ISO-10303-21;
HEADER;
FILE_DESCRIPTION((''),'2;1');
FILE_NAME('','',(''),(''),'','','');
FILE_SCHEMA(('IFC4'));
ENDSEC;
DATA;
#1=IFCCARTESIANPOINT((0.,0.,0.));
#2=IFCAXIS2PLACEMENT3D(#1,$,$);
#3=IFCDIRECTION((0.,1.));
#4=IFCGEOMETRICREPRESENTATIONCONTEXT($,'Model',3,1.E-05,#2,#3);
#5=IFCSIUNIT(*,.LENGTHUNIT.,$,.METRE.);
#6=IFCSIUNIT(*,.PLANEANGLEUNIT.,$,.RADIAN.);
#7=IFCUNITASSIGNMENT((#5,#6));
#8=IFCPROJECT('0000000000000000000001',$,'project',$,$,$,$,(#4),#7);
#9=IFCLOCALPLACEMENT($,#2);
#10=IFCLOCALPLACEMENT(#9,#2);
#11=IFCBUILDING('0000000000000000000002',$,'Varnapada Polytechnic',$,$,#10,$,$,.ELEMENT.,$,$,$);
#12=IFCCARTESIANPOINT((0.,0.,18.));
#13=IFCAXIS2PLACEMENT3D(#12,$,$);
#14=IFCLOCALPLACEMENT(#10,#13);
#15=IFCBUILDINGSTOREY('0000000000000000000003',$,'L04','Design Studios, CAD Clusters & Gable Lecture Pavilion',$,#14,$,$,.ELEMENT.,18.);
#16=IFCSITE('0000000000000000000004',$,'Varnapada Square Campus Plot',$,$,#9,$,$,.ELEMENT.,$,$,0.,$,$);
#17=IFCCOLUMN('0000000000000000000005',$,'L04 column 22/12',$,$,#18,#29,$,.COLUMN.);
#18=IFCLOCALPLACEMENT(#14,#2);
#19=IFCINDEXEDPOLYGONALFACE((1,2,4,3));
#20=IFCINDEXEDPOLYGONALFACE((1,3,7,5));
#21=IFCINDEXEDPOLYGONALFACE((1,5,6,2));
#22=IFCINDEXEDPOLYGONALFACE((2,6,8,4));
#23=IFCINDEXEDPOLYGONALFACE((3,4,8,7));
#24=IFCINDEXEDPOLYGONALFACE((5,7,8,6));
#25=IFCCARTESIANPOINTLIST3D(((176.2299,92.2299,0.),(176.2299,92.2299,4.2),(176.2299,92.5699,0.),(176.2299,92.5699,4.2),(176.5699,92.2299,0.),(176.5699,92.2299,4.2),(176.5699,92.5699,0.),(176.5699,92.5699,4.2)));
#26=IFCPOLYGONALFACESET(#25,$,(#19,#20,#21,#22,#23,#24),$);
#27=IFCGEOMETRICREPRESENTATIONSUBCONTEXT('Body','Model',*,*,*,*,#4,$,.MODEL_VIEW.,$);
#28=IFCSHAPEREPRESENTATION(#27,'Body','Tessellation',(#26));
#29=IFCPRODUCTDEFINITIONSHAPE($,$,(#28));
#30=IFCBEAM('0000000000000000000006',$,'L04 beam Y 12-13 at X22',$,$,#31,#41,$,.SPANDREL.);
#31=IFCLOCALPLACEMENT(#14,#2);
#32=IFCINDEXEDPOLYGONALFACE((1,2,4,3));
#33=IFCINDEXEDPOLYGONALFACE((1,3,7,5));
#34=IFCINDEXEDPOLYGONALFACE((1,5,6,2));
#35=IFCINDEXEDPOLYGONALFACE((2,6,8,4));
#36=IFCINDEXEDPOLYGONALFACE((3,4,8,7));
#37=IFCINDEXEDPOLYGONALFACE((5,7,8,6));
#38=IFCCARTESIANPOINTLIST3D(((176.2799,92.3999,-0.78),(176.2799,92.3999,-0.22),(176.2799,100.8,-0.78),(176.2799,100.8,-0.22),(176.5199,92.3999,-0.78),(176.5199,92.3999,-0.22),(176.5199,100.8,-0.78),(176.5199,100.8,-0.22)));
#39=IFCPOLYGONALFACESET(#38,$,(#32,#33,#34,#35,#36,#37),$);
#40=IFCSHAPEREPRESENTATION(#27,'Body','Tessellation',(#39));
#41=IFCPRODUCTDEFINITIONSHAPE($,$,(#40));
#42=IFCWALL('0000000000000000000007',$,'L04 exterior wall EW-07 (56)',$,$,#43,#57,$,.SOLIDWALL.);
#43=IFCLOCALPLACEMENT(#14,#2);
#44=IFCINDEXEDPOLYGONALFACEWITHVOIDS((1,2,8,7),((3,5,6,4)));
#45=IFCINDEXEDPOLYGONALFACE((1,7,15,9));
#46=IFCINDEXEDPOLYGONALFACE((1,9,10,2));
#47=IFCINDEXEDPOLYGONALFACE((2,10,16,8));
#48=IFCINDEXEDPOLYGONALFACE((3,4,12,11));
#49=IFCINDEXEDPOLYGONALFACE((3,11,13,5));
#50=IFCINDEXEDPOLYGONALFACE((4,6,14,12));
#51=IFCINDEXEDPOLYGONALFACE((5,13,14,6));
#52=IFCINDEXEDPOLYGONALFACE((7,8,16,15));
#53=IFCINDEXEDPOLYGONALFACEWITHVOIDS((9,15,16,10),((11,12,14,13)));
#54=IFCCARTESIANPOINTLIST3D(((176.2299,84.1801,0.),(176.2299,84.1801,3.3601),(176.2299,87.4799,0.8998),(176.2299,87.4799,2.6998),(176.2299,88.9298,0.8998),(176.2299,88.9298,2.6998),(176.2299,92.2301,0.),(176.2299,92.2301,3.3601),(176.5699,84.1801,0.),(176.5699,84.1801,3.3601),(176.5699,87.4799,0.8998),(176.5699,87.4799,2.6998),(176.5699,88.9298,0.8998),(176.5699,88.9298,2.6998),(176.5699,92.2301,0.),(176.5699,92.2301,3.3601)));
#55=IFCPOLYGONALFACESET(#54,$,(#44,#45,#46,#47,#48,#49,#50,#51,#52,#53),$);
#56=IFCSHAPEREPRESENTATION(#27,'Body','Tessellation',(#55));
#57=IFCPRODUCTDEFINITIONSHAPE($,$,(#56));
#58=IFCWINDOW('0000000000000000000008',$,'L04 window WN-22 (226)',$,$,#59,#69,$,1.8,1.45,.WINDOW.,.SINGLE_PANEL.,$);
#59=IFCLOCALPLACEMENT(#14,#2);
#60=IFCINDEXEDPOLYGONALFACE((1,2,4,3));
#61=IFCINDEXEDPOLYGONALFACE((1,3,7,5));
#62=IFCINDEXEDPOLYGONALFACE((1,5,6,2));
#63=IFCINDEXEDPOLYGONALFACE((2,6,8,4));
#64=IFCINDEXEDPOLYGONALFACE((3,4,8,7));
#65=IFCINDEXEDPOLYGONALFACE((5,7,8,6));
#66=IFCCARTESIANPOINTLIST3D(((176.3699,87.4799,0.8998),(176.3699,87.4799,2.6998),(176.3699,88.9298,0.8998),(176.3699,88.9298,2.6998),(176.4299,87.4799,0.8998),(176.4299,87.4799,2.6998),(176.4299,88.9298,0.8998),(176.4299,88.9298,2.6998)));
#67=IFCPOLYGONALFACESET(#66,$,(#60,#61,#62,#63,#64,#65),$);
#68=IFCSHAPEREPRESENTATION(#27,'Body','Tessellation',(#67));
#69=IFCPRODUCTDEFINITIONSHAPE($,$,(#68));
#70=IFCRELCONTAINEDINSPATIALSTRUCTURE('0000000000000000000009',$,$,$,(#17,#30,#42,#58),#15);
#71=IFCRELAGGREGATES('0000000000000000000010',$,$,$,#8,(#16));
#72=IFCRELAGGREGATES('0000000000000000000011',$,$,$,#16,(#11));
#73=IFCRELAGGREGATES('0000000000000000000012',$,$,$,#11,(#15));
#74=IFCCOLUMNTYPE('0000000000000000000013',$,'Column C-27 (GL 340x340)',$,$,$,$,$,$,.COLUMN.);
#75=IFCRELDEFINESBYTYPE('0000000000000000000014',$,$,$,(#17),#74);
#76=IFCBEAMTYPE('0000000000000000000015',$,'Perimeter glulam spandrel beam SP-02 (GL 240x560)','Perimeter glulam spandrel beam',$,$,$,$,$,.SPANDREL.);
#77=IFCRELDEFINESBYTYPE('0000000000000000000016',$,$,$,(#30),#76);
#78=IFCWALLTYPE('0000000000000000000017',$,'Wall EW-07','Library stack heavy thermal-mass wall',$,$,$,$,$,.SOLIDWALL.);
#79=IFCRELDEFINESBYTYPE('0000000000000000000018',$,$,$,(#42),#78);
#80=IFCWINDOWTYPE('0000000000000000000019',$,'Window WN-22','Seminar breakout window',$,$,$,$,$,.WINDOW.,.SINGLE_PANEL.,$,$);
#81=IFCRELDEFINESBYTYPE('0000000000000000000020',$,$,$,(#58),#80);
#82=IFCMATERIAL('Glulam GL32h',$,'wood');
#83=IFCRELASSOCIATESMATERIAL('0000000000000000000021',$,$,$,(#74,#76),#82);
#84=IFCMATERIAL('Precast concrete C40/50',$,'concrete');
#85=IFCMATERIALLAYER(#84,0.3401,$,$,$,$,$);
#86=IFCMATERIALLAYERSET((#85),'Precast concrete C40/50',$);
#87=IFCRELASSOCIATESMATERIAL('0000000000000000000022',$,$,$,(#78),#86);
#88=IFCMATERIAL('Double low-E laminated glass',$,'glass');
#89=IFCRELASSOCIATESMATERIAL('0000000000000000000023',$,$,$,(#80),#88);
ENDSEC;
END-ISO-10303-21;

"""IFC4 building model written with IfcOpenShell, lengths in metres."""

from ifc_helpers import new_model, si_unit, direction, frame, frame_2d, origin, origin_2d, place, context, subcontext, project, spatial, rectangle, extrude, material, layer, layer_set, material_profile, profile_set, type_object, element, fill, save


model = new_model("IFC4")

# Units and contexts
model_context = context("Model", 3, precision=1e-05, world=origin(), true_north=direction((0.0, 1.0)))
body_context = subcontext(model_context, "Body", "Model", "MODEL_VIEW")
ifc_project = project(units=[si_unit("LENGTHUNIT", "METRE"), si_unit("PLANEANGLEUNIT", "RADIAN")], contexts=[model_context])

# Site, building, storey
site_placement = place(None, origin())
site = spatial("IfcSite", under=ifc_project, at=site_placement, Name="Varnapada Square Campus Plot", CompositionType="ELEMENT", RefElevation=0.0)
building_placement = place(site_placement, origin())
building = spatial("IfcBuilding", under=site, at=building_placement, Name="Varnapada Polytechnic", CompositionType="ELEMENT")
storey_placement = place(building_placement, frame((0.0, 0.0, 18.0)))
storey = spatial("IfcBuildingStorey", under=building, at=storey_placement, Name="L04", Description="Design Studios, CAD Clusters & Gable Lecture Pavilion", CompositionType="ELEMENT", Elevation=18.0)

# Column
ifc_material_1 = material(Name="Glulam GL32h", Category="wood")
ifc_material_profile_1 = material_profile(ifc_material_1, rectangle(XDim=0.3401, YDim=0.3401, at=origin_2d()), Name="GL 340x340")
ifc_profile_set_1 = profile_set([ifc_material_profile_1], Name="Glulam GL32h")
column_type = type_object("IfcColumnType", Name="Column C-27 (GL 340x340)", PredefinedType="COLUMN", material=ifc_profile_set_1)
column_placement = place(storey_placement, frame((176.3999, 92.3999, 0.0), z_axis=(0.0, 0.0, 1.0), x_axis=(1.0, 0.0, 0.0)))
element("IfcColumn", 1, at=column_placement, inside=storey, type_object=column_type, Name="L04 column 22/12", PredefinedType="COLUMN", context=body_context, shape_type="SweptSolid", body=[
    extrude(rectangle(XDim=0.3401, YDim=0.3401, at=origin_2d()), origin(), (0.0, 0.0, 1.0), 4.2),
])

# Beam
ifc_material_profile_2 = material_profile(ifc_material_1, rectangle(XDim=0.24, YDim=0.5601, at=origin_2d()), Name="GL 240x560")
ifc_profile_set_2 = profile_set([ifc_material_profile_2], Name="Glulam GL32h")
beam_type = type_object("IfcBeamType", Name="Perimeter glulam spandrel beam SP-02 (GL 240x560)", Description="Perimeter glulam spandrel beam", PredefinedType="SPANDREL", material=ifc_profile_set_2)
beam_placement = place(storey_placement, frame((176.3999, 92.3999, -0.5), z_axis=(0.0, 1.0, 0.0), x_axis=(-1.0, 0.0, 0.0)))
element("IfcBeam", 2, at=beam_placement, inside=storey, type_object=beam_type, Name="L04 beam Y 12-13 at X22", PredefinedType="SPANDREL", context=body_context, shape_type="SweptSolid", body=[
    extrude(rectangle(XDim=0.24, YDim=0.5601, at=origin_2d()), origin(), (0.0, 0.0, 1.0), 8.4001),
])

# Wall, opening, window
ifc_material_2 = material(Name="Precast concrete C40/50", Category="concrete")
ifc_layer_1 = layer(ifc_material_2, 0.3401)
ifc_layer_set_1 = layer_set([ifc_layer_1], Name="Precast concrete C40/50")
wall_type = type_object("IfcWallType", Name="Wall EW-07", Description="Library stack heavy thermal-mass wall", PredefinedType="SOLIDWALL", material=ifc_layer_set_1)
wall_placement = place(storey_placement, frame((176.3999, 92.23, 0.0), z_axis=(0.0, 0.0, 1.0), x_axis=(0.0, -1.0, 0.0)))
wall = element("IfcWall", 3, at=wall_placement, inside=storey, type_object=wall_type, Name="L04 exterior wall EW-07 (56)", PredefinedType="SOLIDWALL", context=body_context, shape_type="SweptSolid", body=[
    extrude(rectangle(XDim=8.05, YDim=0.3401, at=frame_2d((4.0249, 0.0))), origin(), (0.0, 0.0, 1.0), 3.3601),
])
opening_1_placement = place(wall_placement, frame((3.3, 0.0, 0.8999)))
opening_1 = element("IfcOpeningElement", 4, at=opening_1_placement, cuts=wall, PredefinedType="OPENING", context=body_context, shape_type="SweptSolid", body=[
    extrude(rectangle(XDim=1.45, YDim=1.8, at=frame_2d((0.7251, 0.8999))), frame((0.0, 0.1799, 0.0), z_axis=(0.0, -1.0, 0.0), x_axis=(1.0, 0.0, 0.0)), (0.0, 0.0, 1.0), 0.3601),
])
ifc_material_3 = material(Name="Double low-E laminated glass", Category="glass")
window_type = type_object("IfcWindowType", Name="Window WN-22", Description="Seminar breakout window", PartitioningType="SINGLE_PANEL", PredefinedType="WINDOW", material=ifc_material_3)
window_placement = place(opening_1_placement, origin())
window = element("IfcWindow", 5, at=window_placement, inside=storey, type_object=window_type, Name="L04 window WN-22 (226)", OverallHeight=1.8, OverallWidth=1.45, PartitioningType="SINGLE_PANEL", PredefinedType="WINDOW", context=body_context, shape_type="SweptSolid", body=[
    extrude(rectangle(XDim=1.45, YDim=1.8, at=frame_2d((0.7251, 0.8999))), frame((0.0, 0.03, 0.0), z_axis=(0.0, -1.0, 0.0), x_axis=(1.0, 0.0, 0.0)), (0.0, 0.0, 1.0), 0.0601),
])
fill(opening_1, window)

save(model, "model.ifc")
